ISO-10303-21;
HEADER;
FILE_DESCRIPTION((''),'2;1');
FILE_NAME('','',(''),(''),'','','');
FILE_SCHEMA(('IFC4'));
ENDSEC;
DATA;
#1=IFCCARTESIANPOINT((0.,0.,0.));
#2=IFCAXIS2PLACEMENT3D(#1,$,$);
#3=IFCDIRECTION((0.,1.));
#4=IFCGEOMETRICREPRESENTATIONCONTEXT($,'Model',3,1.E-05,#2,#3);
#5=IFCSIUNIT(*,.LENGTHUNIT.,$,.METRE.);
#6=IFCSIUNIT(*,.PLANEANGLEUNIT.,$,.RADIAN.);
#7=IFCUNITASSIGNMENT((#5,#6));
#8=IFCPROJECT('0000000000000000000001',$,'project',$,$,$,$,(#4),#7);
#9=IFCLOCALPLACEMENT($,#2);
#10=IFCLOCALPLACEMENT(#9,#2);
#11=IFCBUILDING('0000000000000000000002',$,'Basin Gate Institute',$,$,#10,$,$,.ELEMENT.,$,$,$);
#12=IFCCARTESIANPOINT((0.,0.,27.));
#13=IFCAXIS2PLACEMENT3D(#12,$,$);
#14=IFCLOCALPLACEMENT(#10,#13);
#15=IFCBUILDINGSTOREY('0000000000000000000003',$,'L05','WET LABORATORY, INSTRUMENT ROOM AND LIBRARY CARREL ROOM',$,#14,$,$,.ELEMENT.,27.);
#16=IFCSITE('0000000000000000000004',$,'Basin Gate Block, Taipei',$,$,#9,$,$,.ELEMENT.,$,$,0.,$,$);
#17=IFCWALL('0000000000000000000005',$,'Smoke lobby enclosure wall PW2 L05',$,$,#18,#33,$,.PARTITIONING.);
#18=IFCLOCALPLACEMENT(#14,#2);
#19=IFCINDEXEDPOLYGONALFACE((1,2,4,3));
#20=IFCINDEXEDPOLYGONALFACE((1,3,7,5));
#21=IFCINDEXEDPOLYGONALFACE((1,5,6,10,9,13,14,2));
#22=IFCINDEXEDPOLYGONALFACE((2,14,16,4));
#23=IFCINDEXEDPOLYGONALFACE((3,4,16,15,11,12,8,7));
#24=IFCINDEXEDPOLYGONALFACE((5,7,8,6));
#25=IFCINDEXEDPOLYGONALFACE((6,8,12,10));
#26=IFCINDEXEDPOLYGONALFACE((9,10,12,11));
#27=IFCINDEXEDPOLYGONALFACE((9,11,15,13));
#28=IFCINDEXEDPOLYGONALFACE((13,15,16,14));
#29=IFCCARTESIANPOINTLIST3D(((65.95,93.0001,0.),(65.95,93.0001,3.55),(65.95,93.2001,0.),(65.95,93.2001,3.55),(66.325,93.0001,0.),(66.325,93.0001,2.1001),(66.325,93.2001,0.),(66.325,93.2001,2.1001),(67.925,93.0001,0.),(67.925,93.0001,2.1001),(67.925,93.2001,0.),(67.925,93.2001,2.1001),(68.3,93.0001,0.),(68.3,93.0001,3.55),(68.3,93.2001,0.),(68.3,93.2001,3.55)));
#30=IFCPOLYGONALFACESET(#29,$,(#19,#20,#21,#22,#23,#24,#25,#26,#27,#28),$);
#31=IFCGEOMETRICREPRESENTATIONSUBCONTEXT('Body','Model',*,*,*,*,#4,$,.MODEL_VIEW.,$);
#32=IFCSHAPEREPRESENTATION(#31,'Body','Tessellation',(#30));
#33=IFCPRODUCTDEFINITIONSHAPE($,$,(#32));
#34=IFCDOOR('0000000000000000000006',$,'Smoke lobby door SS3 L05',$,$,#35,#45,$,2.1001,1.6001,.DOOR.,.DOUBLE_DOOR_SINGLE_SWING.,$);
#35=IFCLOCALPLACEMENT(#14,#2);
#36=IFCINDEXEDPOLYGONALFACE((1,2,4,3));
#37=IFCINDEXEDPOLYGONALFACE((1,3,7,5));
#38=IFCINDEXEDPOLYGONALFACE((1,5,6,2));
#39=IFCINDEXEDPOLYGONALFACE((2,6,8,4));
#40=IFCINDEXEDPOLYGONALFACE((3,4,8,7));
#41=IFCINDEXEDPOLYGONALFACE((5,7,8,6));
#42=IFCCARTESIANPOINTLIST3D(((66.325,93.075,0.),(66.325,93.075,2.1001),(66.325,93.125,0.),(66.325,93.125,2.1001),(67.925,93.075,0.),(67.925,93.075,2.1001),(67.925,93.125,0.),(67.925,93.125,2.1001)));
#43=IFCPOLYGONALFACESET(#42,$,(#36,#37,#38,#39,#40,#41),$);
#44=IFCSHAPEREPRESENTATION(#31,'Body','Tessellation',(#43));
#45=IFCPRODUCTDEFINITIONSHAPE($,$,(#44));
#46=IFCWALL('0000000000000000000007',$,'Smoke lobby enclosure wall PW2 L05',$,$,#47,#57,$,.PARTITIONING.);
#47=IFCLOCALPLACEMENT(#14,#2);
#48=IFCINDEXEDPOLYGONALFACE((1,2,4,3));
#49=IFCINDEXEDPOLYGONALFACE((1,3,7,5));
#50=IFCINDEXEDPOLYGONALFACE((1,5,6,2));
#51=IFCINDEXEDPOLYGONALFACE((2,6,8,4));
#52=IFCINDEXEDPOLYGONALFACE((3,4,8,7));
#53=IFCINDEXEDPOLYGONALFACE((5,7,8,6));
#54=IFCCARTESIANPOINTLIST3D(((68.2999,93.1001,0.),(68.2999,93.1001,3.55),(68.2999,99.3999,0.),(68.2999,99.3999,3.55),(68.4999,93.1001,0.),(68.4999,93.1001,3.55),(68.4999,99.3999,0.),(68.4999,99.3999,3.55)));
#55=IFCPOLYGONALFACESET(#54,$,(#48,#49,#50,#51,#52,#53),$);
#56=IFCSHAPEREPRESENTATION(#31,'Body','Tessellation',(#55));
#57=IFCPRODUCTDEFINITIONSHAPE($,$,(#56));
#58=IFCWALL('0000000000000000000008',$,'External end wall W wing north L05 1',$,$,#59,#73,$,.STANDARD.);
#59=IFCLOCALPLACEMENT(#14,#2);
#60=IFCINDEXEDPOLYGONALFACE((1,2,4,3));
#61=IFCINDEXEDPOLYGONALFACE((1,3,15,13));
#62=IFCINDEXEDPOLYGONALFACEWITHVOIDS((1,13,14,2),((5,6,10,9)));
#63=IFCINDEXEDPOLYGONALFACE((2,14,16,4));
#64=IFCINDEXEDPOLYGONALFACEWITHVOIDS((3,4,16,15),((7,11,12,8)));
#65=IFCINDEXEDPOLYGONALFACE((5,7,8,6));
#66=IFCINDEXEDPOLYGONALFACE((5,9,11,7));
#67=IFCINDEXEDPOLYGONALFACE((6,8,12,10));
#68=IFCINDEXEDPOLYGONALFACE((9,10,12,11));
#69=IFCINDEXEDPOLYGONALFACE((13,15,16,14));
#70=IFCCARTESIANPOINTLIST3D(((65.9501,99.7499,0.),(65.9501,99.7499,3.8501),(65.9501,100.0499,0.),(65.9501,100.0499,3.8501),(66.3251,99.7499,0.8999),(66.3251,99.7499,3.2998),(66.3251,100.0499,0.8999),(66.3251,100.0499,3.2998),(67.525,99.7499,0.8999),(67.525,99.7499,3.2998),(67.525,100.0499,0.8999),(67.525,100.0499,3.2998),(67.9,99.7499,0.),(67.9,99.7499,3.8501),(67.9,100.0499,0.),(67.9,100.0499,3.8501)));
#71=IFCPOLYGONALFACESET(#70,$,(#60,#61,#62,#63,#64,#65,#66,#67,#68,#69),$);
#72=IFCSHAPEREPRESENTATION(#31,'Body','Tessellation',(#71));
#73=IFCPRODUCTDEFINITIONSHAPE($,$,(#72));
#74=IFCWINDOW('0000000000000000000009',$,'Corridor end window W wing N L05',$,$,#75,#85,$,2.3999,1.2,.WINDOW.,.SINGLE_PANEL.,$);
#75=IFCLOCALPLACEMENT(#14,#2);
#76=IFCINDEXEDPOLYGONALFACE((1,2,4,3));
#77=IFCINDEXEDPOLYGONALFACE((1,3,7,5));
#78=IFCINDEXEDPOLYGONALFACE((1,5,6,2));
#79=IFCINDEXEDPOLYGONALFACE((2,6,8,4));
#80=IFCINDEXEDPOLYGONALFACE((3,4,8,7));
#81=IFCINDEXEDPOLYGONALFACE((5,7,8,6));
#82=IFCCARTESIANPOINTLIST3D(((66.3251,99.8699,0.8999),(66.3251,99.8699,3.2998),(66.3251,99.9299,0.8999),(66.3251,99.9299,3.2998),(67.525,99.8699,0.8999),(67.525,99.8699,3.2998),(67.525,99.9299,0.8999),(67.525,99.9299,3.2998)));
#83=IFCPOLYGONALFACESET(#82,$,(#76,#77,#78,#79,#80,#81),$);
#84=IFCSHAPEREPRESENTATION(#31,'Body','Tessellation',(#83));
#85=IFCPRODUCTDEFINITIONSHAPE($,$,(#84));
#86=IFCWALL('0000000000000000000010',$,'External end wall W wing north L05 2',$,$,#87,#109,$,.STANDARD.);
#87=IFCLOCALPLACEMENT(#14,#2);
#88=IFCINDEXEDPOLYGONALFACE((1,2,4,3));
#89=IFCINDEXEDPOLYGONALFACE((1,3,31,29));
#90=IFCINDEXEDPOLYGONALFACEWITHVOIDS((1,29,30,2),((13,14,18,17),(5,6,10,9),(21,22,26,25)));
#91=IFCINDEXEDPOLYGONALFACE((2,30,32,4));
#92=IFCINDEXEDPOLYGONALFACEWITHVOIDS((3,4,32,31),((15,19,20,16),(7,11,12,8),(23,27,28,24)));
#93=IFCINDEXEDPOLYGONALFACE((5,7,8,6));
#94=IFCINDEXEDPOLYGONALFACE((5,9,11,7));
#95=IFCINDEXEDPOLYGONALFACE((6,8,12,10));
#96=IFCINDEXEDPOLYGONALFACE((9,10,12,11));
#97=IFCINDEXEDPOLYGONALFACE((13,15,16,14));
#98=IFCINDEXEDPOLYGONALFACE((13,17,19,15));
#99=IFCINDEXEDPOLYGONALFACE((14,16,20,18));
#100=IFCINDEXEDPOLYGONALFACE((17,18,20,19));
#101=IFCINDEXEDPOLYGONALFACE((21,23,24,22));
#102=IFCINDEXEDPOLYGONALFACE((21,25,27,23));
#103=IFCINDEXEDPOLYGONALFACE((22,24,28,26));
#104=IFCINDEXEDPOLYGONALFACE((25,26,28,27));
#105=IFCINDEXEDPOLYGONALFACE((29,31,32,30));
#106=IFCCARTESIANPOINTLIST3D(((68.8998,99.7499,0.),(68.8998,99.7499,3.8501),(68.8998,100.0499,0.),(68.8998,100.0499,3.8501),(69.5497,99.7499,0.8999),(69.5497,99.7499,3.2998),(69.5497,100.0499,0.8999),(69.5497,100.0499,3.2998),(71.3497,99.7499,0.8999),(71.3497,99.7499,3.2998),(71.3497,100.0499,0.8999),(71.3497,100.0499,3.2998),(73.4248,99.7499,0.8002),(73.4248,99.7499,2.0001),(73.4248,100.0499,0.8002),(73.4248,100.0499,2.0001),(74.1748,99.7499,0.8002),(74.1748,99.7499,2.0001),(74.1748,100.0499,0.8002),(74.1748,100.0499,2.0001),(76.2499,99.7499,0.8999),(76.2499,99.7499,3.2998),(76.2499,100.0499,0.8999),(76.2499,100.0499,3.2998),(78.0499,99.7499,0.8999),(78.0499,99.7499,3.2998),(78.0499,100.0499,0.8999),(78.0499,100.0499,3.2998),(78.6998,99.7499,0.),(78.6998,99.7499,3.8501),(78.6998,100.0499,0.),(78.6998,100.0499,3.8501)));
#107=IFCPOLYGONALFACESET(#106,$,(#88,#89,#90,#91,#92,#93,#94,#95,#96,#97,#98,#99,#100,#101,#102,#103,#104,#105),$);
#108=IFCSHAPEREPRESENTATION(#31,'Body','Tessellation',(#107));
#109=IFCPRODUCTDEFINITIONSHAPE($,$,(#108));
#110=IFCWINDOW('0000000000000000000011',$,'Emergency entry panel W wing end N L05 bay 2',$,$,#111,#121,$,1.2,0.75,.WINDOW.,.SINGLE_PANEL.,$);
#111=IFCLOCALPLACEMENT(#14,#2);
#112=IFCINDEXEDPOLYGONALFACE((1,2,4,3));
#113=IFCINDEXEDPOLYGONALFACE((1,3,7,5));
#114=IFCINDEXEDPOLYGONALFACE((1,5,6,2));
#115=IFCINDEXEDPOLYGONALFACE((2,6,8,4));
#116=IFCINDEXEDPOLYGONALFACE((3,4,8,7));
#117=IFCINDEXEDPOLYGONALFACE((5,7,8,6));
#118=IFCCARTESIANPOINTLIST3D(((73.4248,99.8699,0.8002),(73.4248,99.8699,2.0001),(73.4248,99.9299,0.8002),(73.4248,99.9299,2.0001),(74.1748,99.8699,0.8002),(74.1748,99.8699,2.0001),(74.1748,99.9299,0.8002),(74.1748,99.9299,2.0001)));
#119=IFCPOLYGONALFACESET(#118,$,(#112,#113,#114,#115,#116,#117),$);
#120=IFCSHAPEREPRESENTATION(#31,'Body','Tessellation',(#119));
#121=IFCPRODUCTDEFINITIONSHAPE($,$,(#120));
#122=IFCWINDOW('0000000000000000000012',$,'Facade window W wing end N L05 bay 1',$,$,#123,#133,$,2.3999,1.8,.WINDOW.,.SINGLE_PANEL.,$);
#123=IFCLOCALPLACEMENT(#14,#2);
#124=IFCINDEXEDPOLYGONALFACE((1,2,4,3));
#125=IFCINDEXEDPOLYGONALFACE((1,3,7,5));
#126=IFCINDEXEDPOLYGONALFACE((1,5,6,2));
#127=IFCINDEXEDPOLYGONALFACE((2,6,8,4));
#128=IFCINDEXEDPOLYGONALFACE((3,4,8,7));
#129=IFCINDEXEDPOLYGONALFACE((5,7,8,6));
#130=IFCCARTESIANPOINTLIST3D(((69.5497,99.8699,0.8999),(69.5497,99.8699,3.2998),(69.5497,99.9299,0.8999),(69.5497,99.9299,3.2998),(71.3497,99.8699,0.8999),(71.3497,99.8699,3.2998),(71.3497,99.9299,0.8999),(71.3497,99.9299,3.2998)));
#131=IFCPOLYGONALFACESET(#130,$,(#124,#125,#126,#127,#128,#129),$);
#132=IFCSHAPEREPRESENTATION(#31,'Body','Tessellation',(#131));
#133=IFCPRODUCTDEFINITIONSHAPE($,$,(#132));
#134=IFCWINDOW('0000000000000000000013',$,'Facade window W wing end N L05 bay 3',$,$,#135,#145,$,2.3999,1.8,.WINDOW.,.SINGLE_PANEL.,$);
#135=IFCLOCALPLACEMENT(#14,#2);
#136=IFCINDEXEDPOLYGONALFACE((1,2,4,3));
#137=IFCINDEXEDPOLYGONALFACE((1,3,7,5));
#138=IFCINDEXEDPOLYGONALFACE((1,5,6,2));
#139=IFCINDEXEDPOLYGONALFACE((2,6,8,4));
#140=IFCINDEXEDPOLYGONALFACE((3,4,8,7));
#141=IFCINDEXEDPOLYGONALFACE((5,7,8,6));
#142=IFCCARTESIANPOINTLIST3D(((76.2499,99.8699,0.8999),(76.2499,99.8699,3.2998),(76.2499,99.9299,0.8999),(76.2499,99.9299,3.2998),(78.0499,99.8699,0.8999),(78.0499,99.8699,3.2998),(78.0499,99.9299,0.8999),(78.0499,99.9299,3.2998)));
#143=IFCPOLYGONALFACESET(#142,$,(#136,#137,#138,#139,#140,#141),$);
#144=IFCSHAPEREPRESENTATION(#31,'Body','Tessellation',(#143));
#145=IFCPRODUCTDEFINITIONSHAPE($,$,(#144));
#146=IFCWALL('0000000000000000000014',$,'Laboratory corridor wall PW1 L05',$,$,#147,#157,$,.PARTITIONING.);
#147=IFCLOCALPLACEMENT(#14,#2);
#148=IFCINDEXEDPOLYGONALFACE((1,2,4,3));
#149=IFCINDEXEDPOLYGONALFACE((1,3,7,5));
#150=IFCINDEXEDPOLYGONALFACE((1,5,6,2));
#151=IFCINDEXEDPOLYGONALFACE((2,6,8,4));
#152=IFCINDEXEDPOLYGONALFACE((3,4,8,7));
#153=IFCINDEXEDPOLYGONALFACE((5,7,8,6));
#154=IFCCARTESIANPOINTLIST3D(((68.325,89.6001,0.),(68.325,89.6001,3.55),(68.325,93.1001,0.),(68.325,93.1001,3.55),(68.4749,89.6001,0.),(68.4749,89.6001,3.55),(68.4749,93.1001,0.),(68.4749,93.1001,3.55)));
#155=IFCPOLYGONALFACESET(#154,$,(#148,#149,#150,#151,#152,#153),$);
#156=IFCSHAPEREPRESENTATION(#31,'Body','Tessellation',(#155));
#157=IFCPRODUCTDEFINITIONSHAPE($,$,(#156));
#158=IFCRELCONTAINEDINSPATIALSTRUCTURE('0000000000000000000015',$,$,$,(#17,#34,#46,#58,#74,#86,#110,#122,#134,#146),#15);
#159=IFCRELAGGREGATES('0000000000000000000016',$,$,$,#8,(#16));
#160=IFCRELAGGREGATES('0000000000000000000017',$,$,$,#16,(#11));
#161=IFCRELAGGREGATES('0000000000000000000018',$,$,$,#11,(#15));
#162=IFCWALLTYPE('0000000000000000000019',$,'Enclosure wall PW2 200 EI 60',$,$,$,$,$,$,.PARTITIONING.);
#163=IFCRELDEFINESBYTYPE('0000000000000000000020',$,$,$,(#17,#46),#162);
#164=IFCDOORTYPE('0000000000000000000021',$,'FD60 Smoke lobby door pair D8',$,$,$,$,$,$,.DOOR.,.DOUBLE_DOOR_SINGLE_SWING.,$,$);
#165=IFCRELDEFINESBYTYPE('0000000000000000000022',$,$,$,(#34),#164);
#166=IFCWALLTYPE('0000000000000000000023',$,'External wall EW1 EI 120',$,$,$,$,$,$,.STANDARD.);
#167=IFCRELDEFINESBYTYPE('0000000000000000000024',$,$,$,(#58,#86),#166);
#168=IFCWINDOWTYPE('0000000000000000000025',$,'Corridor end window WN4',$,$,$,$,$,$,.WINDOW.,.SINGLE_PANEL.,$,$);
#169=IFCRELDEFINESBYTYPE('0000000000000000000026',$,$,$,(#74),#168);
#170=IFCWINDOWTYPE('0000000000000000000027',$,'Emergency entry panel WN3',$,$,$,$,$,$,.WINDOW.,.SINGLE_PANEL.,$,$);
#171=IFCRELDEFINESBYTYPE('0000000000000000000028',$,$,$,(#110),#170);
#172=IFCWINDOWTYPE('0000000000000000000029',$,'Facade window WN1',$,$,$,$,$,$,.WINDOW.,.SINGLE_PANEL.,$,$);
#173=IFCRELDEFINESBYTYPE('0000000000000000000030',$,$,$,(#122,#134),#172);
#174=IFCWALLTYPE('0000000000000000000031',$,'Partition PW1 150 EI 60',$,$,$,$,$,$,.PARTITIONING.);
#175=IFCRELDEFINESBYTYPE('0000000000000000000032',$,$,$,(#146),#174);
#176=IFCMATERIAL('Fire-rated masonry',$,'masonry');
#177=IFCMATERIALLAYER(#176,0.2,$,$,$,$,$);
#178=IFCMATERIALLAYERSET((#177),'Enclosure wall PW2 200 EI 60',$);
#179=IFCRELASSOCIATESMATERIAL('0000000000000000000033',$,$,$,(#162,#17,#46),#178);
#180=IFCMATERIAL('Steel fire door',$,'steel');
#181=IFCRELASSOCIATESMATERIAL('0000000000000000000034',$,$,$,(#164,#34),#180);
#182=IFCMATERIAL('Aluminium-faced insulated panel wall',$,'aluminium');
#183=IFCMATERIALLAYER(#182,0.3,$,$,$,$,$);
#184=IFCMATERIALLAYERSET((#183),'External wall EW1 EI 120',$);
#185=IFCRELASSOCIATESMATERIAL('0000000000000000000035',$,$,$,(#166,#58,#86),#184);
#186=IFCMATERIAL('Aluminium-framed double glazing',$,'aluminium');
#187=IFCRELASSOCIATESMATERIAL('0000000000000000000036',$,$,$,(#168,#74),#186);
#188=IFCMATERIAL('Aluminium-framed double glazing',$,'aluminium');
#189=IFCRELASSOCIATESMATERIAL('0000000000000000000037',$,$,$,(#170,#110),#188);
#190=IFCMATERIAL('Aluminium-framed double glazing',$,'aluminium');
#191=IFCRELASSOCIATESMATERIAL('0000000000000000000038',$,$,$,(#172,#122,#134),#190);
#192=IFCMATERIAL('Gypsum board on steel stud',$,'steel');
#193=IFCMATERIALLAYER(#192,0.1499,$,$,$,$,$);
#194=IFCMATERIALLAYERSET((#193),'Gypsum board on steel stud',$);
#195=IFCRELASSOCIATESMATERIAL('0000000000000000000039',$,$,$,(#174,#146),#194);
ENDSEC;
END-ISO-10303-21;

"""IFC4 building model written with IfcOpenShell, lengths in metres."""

from ifc_helpers import new_model, si_unit, direction, frame, frame_2d, origin, place, context, subcontext, project, spatial, rectangle, extrude, material, layer, layer_set, type_object, element, fill, save


model = new_model("IFC4")

# Units and contexts
model_context = context("Model", 3, precision=1e-05, world=origin(), true_north=direction((0.0, 1.0)))
body_context = subcontext(model_context, "Body", "Model", "MODEL_VIEW")
ifc_project = project(units=[si_unit("LENGTHUNIT", "METRE"), si_unit("PLANEANGLEUNIT", "RADIAN")], contexts=[model_context])

# Site, building, storey
site_placement = place(None, origin())
site = spatial("IfcSite", under=ifc_project, at=site_placement, Name="Basin Gate Block, Taipei", CompositionType="ELEMENT", RefElevation=0.0)
building_placement = place(site_placement, origin())
building = spatial("IfcBuilding", under=site, at=building_placement, Name="Basin Gate Institute", CompositionType="ELEMENT")
storey_placement = place(building_placement, frame((0.0, 0.0, 27.0)))
storey = spatial("IfcBuildingStorey", under=building, at=storey_placement, Name="L05", Description="WET LABORATORY, INSTRUMENT ROOM AND LIBRARY CARREL ROOM", CompositionType="ELEMENT", Elevation=27.0)

# Wall, opening, door
ifc_material_1 = material(Name="Fire-rated masonry", Category="masonry")
ifc_layer_1 = layer(ifc_material_1, 0.2)
ifc_layer_set_1 = layer_set([ifc_layer_1], Name="Enclosure wall PW2 200 EI 60")
wall_type_1 = type_object("IfcWallType", Name="Enclosure wall PW2 200 EI 60", PredefinedType="PARTITIONING", material=ifc_layer_set_1)
wall_1_placement = place(storey_placement, frame((65.95, 93.1001, 0.0), z_axis=(0.0, 0.0, 1.0), x_axis=(1.0, 0.0, 0.0)))
wall_1 = element("IfcWall", 1, at=wall_1_placement, inside=storey, type_object=wall_type_1, material=ifc_layer_set_1, Name="Smoke lobby enclosure wall PW2 L05", PredefinedType="PARTITIONING", context=body_context, shape_type="SweptSolid", body=[
    extrude(rectangle(XDim=2.3501, YDim=0.2, at=frame_2d((1.175, 0.0))), origin(), (0.0, 0.0, 1.0), 3.55),
])
opening_1_placement = place(wall_1_placement, frame((0.375, 0.0, 0.0)))
opening_1 = element("IfcOpeningElement", 2, at=opening_1_placement, cuts=wall_1, PredefinedType="OPENING", context=body_context, shape_type="SweptSolid", body=[
    extrude(rectangle(XDim=1.6001, YDim=2.1001, at=frame_2d((0.8, 1.05))), frame((0.0, 0.1099, 0.0), z_axis=(0.0, -1.0, 0.0), x_axis=(1.0, 0.0, 0.0)), (0.0, 0.0, 1.0), 0.22),
])
ifc_material_2 = material(Name="Steel fire door", Category="steel")
door_type_1 = type_object("IfcDoorType", Name="FD60 Smoke lobby door pair D8", OperationType="DOUBLE_DOOR_SINGLE_SWING", PredefinedType="DOOR", material=ifc_material_2)
door_1_placement = place(opening_1_placement, origin())
door_1 = element("IfcDoor", 3, at=door_1_placement, inside=storey, type_object=door_type_1, material=ifc_material_2, Name="Smoke lobby door SS3 L05", OperationType="DOUBLE_DOOR_SINGLE_SWING", OverallHeight=2.1001, OverallWidth=1.6001, PredefinedType="DOOR", context=body_context, shape_type="SweptSolid", body=[
    extrude(rectangle(XDim=1.6001, YDim=2.1001, at=frame_2d((0.8, 1.05))), frame((0.0, 0.0249, 0.0), z_axis=(0.0, -1.0, 0.0), x_axis=(1.0, 0.0, 0.0)), (0.0, 0.0, 1.0), 0.05),
])
fill(opening_1, door_1)

# Wall
wall_2_placement = place(storey_placement, frame((68.3999, 93.1001, 0.0), z_axis=(0.0, 0.0, 1.0), x_axis=(0.0, 1.0, 0.0)))
element("IfcWall", 4, at=wall_2_placement, inside=storey, type_object=wall_type_1, material=ifc_layer_set_1, Name="Smoke lobby enclosure wall PW2 L05", PredefinedType="PARTITIONING", context=body_context, shape_type="SweptSolid", body=[
    extrude(rectangle(XDim=6.2998, YDim=0.2, at=frame_2d((3.1499, 0.0))), origin(), (0.0, 0.0, 1.0), 3.55),
])

# Wall, opening, window
ifc_material_3 = material(Name="Aluminium-faced insulated panel wall", Category="aluminium")
ifc_layer_2 = layer(ifc_material_3, 0.3)
ifc_layer_set_2 = layer_set([ifc_layer_2], Name="External wall EW1 EI 120")
wall_type_2 = type_object("IfcWallType", Name="External wall EW1 EI 120", PredefinedType="STANDARD", material=ifc_layer_set_2)
wall_3_placement = place(storey_placement, frame((65.95, 99.8999, 0.0), z_axis=(0.0, 0.0, 1.0), x_axis=(1.0, 0.0, 0.0)))
wall_3 = element("IfcWall", 5, at=wall_3_placement, inside=storey, type_object=wall_type_2, material=ifc_layer_set_2, Name="External end wall W wing north L05 1", PredefinedType="STANDARD", context=body_context, shape_type="SweptSolid", body=[
    extrude(rectangle(XDim=1.95, YDim=0.3, at=frame_2d((0.9751, 0.0))), origin(), (0.0, 0.0, 1.0), 3.8501),
])
opening_2_placement = place(wall_3_placement, frame((0.375, 0.0, 0.8999)))
opening_2 = element("IfcOpeningElement", 6, at=opening_2_placement, cuts=wall_3, PredefinedType="OPENING", context=body_context, shape_type="SweptSolid", body=[
    extrude(rectangle(XDim=1.2, YDim=2.3999, at=frame_2d((0.6001, 1.2))), frame((0.0, 0.1602, 0.0), z_axis=(0.0, -1.0, 0.0), x_axis=(1.0, 0.0, 0.0)), (0.0, 0.0, 1.0), 0.3201),
])
ifc_material_4 = material(Name="Aluminium-framed double glazing", Category="aluminium")
window_type_1 = type_object("IfcWindowType", Name="Corridor end window WN4", PartitioningType="SINGLE_PANEL", PredefinedType="WINDOW", material=ifc_material_4)
window_1_placement = place(opening_2_placement, origin())
window_1 = element("IfcWindow", 7, at=window_1_placement, inside=storey, type_object=window_type_1, material=ifc_material_4, Name="Corridor end window W wing N L05", OverallHeight=2.3999, OverallWidth=1.2, PartitioningType="SINGLE_PANEL", PredefinedType="WINDOW", context=body_context, shape_type="SweptSolid", body=[
    extrude(rectangle(XDim=1.2, YDim=2.3999, at=frame_2d((0.6001, 1.2))), frame((0.0, 0.03, 0.0), z_axis=(0.0, -1.0, 0.0), x_axis=(1.0, 0.0, 0.0)), (0.0, 0.0, 1.0), 0.0601),
])
fill(opening_2, window_1)

# Wall, openings, windows
wall_4_placement = place(storey_placement, frame((68.8999, 99.8999, 0.0), z_axis=(0.0, 0.0, 1.0), x_axis=(1.0, 0.0, 0.0)))
wall_4 = element("IfcWall", 8, at=wall_4_placement, inside=storey, type_object=wall_type_2, material=ifc_layer_set_2, Name="External end wall W wing north L05 2", PredefinedType="STANDARD", context=body_context, shape_type="SweptSolid", body=[
    extrude(rectangle(XDim=9.8, YDim=0.3, at=frame_2d((4.8999, 0.0))), origin(), (0.0, 0.0, 1.0), 3.8501),
])
opening_3_placement = place(wall_4_placement, frame((0.6499, 0.0, 0.8999)))
opening_3 = element("IfcOpeningElement", 9, at=opening_3_placement, cuts=wall_4, PredefinedType="OPENING", context=body_context, shape_type="SweptSolid", body=[
    extrude(rectangle(XDim=1.8, YDim=2.3999, at=frame_2d((0.8999, 1.2))), frame((0.0, 0.1602, 0.0), z_axis=(0.0, -1.0, 0.0), x_axis=(1.0, 0.0, 0.0)), (0.0, 0.0, 1.0), 0.3201),
])
opening_4_placement = place(wall_4_placement, frame((4.5249, 0.0, 0.8)))
opening_4 = element("IfcOpeningElement", 10, at=opening_4_placement, cuts=wall_4, PredefinedType="OPENING", context=body_context, shape_type="SweptSolid", body=[
    extrude(rectangle(XDim=0.75, YDim=1.2, at=frame_2d((0.375, 0.6001))), frame((0.0, 0.1602, 0.0), z_axis=(0.0, -1.0, 0.0), x_axis=(1.0, 0.0, 0.0)), (0.0, 0.0, 1.0), 0.3201),
])
opening_5_placement = place(wall_4_placement, frame((7.3501, 0.0, 0.8999)))
opening_5 = element("IfcOpeningElement", 11, at=opening_5_placement, cuts=wall_4, PredefinedType="OPENING", context=body_context, shape_type="SweptSolid", body=[
    extrude(rectangle(XDim=1.8, YDim=2.3999, at=frame_2d((0.8999, 1.2))), frame((0.0, 0.1602, 0.0), z_axis=(0.0, -1.0, 0.0), x_axis=(1.0, 0.0, 0.0)), (0.0, 0.0, 1.0), 0.3201),
])
ifc_material_5 = material(Name="Aluminium-framed double glazing", Category="aluminium")
window_type_2 = type_object("IfcWindowType", Name="Emergency entry panel WN3", PartitioningType="SINGLE_PANEL", PredefinedType="WINDOW", material=ifc_material_5)
window_2_placement = place(opening_4_placement, origin())
window_2 = element("IfcWindow", 12, at=window_2_placement, inside=storey, type_object=window_type_2, material=ifc_material_5, Name="Emergency entry panel W wing end N L05 bay 2", OverallHeight=1.2, OverallWidth=0.75, PartitioningType="SINGLE_PANEL", PredefinedType="WINDOW", context=body_context, shape_type="SweptSolid", body=[
    extrude(rectangle(XDim=0.75, YDim=1.2, at=frame_2d((0.375, 0.6001))), frame((0.0, 0.03, 0.0), z_axis=(0.0, -1.0, 0.0), x_axis=(1.0, 0.0, 0.0)), (0.0, 0.0, 1.0), 0.0601),
])
fill(opening_4, window_2)
ifc_material_6 = material(Name="Aluminium-framed double glazing", Category="aluminium")
window_type_3 = type_object("IfcWindowType", Name="Facade window WN1", PartitioningType="SINGLE_PANEL", PredefinedType="WINDOW", material=ifc_material_6)
window_3_placement = place(opening_3_placement, origin())
window_3 = element("IfcWindow", 13, at=window_3_placement, inside=storey, type_object=window_type_3, material=ifc_material_6, Name="Facade window W wing end N L05 bay 1", OverallHeight=2.3999, OverallWidth=1.8, PartitioningType="SINGLE_PANEL", PredefinedType="WINDOW", context=body_context, shape_type="SweptSolid", body=[
    extrude(rectangle(XDim=1.8, YDim=2.3999, at=frame_2d((0.8999, 1.2))), frame((0.0, 0.03, 0.0), z_axis=(0.0, -1.0, 0.0), x_axis=(1.0, 0.0, 0.0)), (0.0, 0.0, 1.0), 0.0601),
])
fill(opening_3, window_3)
window_4_placement = place(opening_5_placement, origin())
window_4 = element("IfcWindow", 14, at=window_4_placement, inside=storey, type_object=window_type_3, material=ifc_material_6, Name="Facade window W wing end N L05 bay 3", OverallHeight=2.3999, OverallWidth=1.8, PartitioningType="SINGLE_PANEL", PredefinedType="WINDOW", context=body_context, shape_type="SweptSolid", body=[
    extrude(rectangle(XDim=1.8, YDim=2.3999, at=frame_2d((0.8999, 1.2))), frame((0.0, 0.03, 0.0), z_axis=(0.0, -1.0, 0.0), x_axis=(1.0, 0.0, 0.0)), (0.0, 0.0, 1.0), 0.0601),
])
fill(opening_5, window_4)

# Wall
ifc_material_7 = material(Name="Gypsum board on steel stud", Category="steel")
ifc_layer_3 = layer(ifc_material_7, 0.1499)
ifc_layer_set_3 = layer_set([ifc_layer_3], Name="Gypsum board on steel stud")
wall_type_3 = type_object("IfcWallType", Name="Partition PW1 150 EI 60", PredefinedType="PARTITIONING", material=ifc_layer_set_3)
wall_5_placement = place(storey_placement, frame((68.3999, 89.6001, 0.0), z_axis=(0.0, 0.0, 1.0), x_axis=(0.0, 1.0, 0.0)))
element("IfcWall", 15, at=wall_5_placement, inside=storey, type_object=wall_type_3, material=ifc_layer_set_3, Name="Laboratory corridor wall PW1 L05", PredefinedType="PARTITIONING", context=body_context, shape_type="SweptSolid", body=[
    extrude(rectangle(XDim=3.5, YDim=0.1499, at=frame_2d((1.75, 0.0))), origin(), (0.0, 0.0, 1.0), 3.55),
])

save(model, "model.ifc")
